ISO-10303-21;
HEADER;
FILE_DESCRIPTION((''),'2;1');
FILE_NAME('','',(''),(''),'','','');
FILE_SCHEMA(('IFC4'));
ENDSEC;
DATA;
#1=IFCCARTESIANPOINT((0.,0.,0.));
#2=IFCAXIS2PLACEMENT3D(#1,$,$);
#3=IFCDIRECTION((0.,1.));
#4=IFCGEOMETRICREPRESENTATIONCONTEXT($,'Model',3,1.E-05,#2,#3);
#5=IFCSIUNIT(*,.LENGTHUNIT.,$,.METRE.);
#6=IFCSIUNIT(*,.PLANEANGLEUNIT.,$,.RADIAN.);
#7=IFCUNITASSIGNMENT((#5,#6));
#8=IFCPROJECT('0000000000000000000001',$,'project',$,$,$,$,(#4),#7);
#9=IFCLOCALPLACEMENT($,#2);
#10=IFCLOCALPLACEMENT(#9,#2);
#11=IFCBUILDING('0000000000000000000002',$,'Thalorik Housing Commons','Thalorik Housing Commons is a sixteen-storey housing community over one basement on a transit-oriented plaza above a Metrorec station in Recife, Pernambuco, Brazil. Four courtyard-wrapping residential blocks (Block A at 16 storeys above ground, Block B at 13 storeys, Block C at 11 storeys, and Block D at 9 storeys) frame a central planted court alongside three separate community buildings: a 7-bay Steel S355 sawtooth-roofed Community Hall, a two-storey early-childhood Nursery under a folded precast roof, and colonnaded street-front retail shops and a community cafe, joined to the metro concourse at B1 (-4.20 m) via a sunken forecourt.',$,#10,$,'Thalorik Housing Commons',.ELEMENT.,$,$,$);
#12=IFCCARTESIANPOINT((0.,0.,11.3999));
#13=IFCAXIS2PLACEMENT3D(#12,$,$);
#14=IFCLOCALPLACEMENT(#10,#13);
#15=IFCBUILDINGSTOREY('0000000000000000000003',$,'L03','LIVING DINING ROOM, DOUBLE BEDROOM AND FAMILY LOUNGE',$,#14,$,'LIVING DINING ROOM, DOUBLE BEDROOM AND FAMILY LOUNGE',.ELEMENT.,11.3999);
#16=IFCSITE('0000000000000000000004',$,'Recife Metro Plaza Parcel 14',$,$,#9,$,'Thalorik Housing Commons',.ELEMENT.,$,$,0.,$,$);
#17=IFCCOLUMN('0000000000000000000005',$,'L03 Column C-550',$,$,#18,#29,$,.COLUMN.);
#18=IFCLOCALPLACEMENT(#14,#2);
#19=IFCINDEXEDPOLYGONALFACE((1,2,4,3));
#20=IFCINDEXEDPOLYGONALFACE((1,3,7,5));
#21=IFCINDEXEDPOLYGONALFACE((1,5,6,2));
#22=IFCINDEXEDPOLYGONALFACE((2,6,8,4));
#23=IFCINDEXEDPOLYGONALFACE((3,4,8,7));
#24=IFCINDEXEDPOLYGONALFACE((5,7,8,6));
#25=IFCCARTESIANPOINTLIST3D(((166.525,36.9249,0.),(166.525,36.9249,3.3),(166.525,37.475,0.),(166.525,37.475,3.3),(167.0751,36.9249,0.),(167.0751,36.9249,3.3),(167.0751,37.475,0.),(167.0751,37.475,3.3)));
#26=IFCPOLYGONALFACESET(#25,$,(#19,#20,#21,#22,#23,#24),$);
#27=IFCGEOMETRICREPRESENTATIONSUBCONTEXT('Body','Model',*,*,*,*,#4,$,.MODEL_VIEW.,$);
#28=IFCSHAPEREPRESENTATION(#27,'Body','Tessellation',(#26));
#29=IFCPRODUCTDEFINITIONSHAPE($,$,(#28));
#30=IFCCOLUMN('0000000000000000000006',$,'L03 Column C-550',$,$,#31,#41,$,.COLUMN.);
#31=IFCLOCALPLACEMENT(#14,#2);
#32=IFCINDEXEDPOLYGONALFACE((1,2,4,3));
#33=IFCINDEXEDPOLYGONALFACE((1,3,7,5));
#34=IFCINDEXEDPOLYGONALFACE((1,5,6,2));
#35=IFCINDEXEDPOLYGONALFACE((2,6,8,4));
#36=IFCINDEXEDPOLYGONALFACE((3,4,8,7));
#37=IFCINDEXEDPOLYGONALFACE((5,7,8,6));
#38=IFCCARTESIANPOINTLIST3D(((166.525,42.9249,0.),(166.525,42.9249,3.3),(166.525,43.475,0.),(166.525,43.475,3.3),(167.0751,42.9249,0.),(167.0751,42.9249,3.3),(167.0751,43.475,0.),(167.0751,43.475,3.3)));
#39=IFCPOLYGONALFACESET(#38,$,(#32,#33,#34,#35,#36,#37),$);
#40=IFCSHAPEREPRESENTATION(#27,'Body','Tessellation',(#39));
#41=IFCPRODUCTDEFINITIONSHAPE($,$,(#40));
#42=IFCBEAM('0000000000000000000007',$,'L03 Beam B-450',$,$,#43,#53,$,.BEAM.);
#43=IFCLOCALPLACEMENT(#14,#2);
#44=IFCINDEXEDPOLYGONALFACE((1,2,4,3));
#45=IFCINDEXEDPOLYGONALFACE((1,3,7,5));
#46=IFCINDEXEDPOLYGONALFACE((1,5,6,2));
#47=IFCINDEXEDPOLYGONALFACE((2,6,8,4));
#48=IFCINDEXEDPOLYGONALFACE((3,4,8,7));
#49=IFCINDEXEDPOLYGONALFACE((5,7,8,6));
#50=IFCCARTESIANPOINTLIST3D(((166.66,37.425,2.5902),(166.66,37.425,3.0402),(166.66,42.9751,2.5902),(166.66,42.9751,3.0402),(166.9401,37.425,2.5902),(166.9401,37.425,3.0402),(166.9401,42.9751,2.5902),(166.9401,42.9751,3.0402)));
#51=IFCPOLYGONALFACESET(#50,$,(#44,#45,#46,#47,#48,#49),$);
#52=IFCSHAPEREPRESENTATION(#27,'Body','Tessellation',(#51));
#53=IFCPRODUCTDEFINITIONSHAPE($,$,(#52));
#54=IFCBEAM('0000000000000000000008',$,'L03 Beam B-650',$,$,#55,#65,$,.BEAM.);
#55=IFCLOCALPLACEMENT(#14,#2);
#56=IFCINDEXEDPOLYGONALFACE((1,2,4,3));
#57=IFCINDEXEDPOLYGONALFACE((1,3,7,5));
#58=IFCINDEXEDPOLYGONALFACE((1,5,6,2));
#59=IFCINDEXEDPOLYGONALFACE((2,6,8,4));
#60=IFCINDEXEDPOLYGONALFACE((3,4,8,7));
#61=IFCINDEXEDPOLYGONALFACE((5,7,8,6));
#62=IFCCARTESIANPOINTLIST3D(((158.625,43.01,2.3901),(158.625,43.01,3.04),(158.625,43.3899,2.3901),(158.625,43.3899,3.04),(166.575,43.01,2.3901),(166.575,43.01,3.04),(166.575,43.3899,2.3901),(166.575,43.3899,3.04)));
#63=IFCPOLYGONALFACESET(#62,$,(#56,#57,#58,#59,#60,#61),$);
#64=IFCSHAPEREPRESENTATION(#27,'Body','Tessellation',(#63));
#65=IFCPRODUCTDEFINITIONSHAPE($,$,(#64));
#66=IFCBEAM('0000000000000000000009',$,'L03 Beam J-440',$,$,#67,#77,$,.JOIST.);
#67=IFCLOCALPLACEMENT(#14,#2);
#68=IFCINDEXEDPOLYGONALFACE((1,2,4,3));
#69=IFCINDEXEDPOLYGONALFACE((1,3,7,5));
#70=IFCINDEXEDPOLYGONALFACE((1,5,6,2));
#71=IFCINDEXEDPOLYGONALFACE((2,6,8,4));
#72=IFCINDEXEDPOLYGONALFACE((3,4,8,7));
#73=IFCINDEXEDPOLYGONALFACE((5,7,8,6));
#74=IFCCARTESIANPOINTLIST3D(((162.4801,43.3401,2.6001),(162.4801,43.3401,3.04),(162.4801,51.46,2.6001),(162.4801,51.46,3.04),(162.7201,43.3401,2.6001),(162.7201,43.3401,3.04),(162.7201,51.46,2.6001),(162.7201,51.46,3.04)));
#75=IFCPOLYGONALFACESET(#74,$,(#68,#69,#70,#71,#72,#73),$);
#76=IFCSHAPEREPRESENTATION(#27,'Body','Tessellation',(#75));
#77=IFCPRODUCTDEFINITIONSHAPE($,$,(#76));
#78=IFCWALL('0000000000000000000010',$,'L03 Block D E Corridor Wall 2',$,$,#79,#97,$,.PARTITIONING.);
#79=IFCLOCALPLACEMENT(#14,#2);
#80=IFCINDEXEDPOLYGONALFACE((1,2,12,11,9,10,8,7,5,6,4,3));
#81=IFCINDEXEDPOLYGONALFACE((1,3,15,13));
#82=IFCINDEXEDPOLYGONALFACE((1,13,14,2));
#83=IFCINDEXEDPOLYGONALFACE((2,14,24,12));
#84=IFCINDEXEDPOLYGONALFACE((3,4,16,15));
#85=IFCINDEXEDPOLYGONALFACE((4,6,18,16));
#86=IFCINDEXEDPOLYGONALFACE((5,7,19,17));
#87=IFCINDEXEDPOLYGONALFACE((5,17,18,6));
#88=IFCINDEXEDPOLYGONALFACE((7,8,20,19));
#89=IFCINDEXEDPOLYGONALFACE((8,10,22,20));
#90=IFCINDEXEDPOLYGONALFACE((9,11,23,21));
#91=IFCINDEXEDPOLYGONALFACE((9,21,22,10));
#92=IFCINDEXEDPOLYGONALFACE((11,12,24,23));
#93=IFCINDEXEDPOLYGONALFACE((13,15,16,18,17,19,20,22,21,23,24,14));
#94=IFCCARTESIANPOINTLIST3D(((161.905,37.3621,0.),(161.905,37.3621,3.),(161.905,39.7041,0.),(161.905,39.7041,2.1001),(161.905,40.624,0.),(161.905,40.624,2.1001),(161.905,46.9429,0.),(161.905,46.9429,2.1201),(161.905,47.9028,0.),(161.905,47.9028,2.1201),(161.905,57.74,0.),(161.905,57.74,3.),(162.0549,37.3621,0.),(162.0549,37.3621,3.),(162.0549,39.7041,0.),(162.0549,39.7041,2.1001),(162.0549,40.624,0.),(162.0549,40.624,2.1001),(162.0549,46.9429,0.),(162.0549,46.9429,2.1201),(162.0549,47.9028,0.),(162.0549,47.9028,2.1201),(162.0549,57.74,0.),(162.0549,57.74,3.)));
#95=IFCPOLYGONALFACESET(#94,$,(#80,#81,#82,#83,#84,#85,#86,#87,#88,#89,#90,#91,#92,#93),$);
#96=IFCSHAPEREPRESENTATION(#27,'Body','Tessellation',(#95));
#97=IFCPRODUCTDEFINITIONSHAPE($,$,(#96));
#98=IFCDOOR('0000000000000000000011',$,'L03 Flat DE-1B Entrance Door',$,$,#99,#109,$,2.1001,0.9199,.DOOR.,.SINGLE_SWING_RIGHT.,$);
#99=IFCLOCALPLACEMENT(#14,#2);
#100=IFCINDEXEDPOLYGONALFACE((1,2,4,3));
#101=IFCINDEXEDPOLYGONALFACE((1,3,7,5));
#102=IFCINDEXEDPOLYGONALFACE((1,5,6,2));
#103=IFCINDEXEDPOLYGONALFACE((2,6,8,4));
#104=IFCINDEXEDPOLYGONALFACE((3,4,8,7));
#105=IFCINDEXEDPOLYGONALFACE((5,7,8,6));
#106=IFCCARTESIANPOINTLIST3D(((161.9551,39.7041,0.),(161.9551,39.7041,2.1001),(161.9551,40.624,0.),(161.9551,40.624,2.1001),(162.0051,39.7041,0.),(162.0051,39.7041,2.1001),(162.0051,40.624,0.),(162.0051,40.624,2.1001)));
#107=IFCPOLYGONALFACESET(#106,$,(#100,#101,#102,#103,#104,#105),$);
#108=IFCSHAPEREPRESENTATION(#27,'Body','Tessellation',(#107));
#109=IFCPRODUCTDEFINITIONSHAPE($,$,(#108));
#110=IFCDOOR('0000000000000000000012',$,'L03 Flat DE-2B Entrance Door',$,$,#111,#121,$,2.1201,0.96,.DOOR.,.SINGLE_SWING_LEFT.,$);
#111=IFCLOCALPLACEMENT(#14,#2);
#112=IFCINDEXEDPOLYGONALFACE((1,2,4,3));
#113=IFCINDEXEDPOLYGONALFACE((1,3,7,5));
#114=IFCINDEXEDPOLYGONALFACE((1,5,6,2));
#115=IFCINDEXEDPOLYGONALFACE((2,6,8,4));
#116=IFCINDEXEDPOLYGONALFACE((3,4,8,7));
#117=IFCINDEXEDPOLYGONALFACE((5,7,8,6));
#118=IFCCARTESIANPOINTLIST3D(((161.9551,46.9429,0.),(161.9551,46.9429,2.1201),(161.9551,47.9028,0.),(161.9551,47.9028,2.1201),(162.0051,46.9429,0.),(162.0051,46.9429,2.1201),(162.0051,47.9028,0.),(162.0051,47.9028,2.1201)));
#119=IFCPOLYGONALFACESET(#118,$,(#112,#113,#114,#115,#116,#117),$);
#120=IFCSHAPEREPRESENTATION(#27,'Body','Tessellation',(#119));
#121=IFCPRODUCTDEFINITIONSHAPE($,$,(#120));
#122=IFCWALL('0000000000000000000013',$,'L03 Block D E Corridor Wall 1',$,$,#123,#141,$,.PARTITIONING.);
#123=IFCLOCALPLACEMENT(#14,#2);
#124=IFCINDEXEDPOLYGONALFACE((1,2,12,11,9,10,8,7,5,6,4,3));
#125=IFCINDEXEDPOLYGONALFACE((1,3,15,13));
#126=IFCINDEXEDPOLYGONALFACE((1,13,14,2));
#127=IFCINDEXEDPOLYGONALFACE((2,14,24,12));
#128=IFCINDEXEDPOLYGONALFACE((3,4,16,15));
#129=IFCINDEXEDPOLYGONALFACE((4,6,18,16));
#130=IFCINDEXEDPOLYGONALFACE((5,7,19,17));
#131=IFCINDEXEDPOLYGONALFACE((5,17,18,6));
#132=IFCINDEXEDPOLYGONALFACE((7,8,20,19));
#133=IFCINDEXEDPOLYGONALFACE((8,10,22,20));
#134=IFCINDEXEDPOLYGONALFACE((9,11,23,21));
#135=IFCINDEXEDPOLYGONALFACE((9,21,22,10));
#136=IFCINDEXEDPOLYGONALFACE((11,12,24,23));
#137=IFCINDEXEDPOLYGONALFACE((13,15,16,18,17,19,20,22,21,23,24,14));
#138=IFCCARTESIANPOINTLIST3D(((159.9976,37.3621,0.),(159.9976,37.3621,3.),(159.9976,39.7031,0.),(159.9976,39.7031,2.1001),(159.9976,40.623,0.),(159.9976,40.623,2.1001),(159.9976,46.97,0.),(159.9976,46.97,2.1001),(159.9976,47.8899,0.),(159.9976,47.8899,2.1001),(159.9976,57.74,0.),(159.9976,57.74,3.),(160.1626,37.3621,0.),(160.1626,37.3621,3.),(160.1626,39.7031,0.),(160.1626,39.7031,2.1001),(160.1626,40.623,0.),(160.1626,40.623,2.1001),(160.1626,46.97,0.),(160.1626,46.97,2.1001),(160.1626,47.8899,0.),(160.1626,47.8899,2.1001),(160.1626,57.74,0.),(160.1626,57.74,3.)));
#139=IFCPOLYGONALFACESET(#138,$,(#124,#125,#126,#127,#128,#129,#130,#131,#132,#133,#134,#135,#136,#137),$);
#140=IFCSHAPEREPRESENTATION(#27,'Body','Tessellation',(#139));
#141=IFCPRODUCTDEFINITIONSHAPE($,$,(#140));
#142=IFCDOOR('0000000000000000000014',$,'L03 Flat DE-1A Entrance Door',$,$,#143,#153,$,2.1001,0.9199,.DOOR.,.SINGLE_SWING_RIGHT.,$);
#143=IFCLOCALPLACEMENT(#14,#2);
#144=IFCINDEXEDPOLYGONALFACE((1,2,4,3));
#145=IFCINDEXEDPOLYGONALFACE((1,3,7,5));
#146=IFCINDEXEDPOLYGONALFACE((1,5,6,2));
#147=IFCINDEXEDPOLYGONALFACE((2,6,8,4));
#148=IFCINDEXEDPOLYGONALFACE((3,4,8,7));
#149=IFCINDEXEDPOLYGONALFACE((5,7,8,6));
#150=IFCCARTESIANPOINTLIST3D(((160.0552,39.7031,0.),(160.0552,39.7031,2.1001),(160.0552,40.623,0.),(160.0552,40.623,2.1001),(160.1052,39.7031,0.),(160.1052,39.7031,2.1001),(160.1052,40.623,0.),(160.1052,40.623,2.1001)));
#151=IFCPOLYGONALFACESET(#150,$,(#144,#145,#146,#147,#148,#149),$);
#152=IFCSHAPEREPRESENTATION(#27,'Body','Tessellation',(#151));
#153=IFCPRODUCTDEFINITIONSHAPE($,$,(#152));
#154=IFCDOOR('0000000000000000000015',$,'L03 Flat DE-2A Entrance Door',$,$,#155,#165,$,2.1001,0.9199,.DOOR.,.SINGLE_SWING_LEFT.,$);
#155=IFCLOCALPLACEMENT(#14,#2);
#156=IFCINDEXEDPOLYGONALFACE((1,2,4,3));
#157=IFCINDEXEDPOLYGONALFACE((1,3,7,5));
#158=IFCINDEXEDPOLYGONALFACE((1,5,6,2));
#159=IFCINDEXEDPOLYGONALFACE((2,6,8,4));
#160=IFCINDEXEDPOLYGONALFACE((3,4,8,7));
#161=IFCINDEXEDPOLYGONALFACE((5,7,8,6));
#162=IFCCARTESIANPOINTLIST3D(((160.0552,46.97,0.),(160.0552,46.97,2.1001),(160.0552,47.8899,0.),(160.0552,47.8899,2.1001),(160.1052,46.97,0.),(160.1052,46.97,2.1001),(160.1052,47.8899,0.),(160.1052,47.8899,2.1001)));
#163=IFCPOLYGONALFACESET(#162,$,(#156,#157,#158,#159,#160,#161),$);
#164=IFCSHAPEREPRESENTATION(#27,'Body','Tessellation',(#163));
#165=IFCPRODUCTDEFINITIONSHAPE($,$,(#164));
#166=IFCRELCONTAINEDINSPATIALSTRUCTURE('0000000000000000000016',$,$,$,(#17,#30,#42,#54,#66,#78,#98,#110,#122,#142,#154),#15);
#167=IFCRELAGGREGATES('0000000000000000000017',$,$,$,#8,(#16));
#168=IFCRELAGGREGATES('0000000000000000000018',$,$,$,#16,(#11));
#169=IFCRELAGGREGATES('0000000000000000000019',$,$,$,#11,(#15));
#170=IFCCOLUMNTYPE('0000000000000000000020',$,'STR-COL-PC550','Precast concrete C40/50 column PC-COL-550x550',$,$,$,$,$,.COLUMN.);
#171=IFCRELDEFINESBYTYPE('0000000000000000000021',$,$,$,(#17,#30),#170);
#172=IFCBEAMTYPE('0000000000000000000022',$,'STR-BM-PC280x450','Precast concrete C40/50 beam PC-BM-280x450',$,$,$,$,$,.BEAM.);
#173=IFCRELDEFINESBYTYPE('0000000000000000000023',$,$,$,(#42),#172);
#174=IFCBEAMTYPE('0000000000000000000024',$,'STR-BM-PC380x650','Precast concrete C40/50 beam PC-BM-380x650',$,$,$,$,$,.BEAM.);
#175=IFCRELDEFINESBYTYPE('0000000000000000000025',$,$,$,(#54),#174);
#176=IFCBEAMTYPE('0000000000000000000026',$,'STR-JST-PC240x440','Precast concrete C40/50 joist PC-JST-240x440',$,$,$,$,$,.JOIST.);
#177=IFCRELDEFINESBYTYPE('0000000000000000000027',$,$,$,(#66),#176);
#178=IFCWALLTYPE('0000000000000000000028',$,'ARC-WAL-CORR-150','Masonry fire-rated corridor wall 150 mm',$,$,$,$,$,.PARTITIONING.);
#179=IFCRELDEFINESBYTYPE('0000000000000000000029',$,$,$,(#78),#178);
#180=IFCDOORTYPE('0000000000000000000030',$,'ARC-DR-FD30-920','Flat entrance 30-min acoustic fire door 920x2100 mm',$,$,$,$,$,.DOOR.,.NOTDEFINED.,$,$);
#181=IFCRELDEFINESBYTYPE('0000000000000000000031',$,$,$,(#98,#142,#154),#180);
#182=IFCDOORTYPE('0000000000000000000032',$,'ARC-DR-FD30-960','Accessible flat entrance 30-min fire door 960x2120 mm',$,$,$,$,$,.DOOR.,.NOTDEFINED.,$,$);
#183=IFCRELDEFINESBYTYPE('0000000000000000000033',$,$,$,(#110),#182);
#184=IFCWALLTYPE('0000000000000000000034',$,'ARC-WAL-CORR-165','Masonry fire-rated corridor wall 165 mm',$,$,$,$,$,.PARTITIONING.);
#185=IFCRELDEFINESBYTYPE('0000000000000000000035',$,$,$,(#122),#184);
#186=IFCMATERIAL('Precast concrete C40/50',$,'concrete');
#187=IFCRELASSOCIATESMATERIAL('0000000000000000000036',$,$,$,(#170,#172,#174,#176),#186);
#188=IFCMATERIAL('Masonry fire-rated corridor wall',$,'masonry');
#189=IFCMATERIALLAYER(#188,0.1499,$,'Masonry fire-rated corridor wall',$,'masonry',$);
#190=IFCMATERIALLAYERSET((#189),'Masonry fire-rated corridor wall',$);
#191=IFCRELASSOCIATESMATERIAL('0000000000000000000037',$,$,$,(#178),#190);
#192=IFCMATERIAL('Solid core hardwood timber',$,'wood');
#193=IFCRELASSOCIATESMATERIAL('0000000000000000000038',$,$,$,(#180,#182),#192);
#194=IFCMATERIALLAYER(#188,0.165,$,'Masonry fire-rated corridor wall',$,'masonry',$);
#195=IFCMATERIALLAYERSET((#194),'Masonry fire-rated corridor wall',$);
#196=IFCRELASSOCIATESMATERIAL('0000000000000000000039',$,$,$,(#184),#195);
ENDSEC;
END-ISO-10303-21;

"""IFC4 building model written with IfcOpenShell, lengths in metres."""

from ifc_helpers import new_model, si_unit, direction, frame, frame_2d, origin, origin_2d, place, context, subcontext, project, spatial, rectangle, extrude, material, layer, layer_set, material_profile, profile_set, type_object, element, fill, save


model = new_model("IFC4")

# Units and contexts
model_context = context("Model", 3, precision=1e-05, world=origin(), true_north=direction((0.0, 1.0)))
body_context = subcontext(model_context, "Body", "Model", "MODEL_VIEW")
ifc_project = project(units=[si_unit("LENGTHUNIT", "METRE"), si_unit("PLANEANGLEUNIT", "RADIAN")], contexts=[model_context])

# Site, building, storey
site_placement = place(None, origin())
site = spatial("IfcSite", under=ifc_project, at=site_placement, Name="Recife Metro Plaza Parcel 14", LongName="Thalorik Housing Commons", CompositionType="ELEMENT", RefElevation=0.0)
building_placement = place(site_placement, origin())
building = spatial("IfcBuilding", under=site, at=building_placement, Name="Thalorik Housing Commons", Description="Thalorik Housing Commons is a sixteen-storey housing community over one basement on a transit-oriented plaza above a Metrorec station in Recife, Pernambuco, Brazil. Four courtyard-wrapping residential blocks (Block A at 16 storeys above ground, Block B at 13 storeys, Block C at 11 storeys, and Block D at 9 storeys) frame a central planted court alongside three separate community buildings: a 7-bay Steel S355 sawtooth-roofed Community Hall, a two-storey early-childhood Nursery under a folded precast roof, and colonnaded street-front retail shops and a community cafe, joined to the metro concourse at B1 (-4.20 m) via a sunken forecourt.", LongName="Thalorik Housing Commons", CompositionType="ELEMENT")
storey_placement = place(building_placement, frame((0.0, 0.0, 11.3999)))
storey = spatial("IfcBuildingStorey", under=building, at=storey_placement, Name="L03", Description="LIVING DINING ROOM, DOUBLE BEDROOM AND FAMILY LOUNGE", LongName="LIVING DINING ROOM, DOUBLE BEDROOM AND FAMILY LOUNGE", CompositionType="ELEMENT", Elevation=11.3999)

# Columns
ifc_material_1 = material(Name="Precast concrete C40/50", Category="concrete")
ifc_material_profile_1 = material_profile(ifc_material_1, rectangle(XDim=0.55, YDim=0.55, at=origin_2d()), Name="PC 550x550", Category="concrete")
ifc_profile_set_1 = profile_set([ifc_material_profile_1], Name="Precast concrete C40/50")
column_type = type_object("IfcColumnType", Name="STR-COL-PC550", Description="Precast concrete C40/50 column PC-COL-550x550", PredefinedType="COLUMN", material=ifc_profile_set_1)
for number, where, z_axis, x_axis, name in (
    (1, (166.8, 37.2, 0.0), (0.0, 0.0, 1.0), (1.0, 0.0, 0.0), "L03 Column C-550"),
    (2, (166.8, 43.2, 0.0), (0.0, 0.0, 1.0), (1.0, 0.0, 0.0), "L03 Column C-550"),
):
    element("IfcColumn", number, at=place(storey_placement, frame(where, z_axis=z_axis, x_axis=x_axis)), inside=storey, type_object=column_type, Name=name, PredefinedType="COLUMN", context=body_context, shape_type="SweptSolid", body=[
        extrude(rectangle(XDim=0.55, YDim=0.55, at=origin_2d()), origin(), (0.0, 0.0, 1.0), 3.3),
    ])

# Beams
ifc_material_profile_2 = material_profile(ifc_material_1, rectangle(XDim=0.28, YDim=0.45, at=origin_2d()), Name="PC 280x450", Category="concrete")
ifc_profile_set_2 = profile_set([ifc_material_profile_2], Name="Precast concrete C40/50")
beam_type_1 = type_object("IfcBeamType", Name="STR-BM-PC280x450", Description="Precast concrete C40/50 beam PC-BM-280x450", PredefinedType="BEAM", material=ifc_profile_set_2)
beam_1_placement = place(storey_placement, frame((166.8, 37.425, 2.8152), z_axis=(0.0, 1.0, 0.0), x_axis=(-1.0, 0.0, 0.0)))
element("IfcBeam", 3, at=beam_1_placement, inside=storey, type_object=beam_type_1, Name="L03 Beam B-450", PredefinedType="BEAM", context=body_context, shape_type="SweptSolid", body=[
    extrude(rectangle(XDim=0.28, YDim=0.45, at=origin_2d()), origin(), (0.0, 0.0, 1.0), 5.55),
])
ifc_material_profile_3 = material_profile(ifc_material_1, rectangle(XDim=0.3799, YDim=0.6499, at=origin_2d()), Name="PC 380x650", Category="concrete")
ifc_profile_set_3 = profile_set([ifc_material_profile_3], Name="Precast concrete C40/50")
beam_type_2 = type_object("IfcBeamType", Name="STR-BM-PC380x650", Description="Precast concrete C40/50 beam PC-BM-380x650", PredefinedType="BEAM", material=ifc_profile_set_3)
beam_2_placement = place(storey_placement, frame((158.625, 43.2, 2.7151), z_axis=(1.0, 0.0, 0.0), x_axis=(0.0, 1.0, 0.0)))
element("IfcBeam", 4, at=beam_2_placement, inside=storey, type_object=beam_type_2, Name="L03 Beam B-650", PredefinedType="BEAM", context=body_context, shape_type="SweptSolid", body=[
    extrude(rectangle(XDim=0.3799, YDim=0.6499, at=origin_2d()), origin(), (0.0, 0.0, 1.0), 7.95),
])
ifc_material_profile_4 = material_profile(ifc_material_1, rectangle(XDim=0.24, YDim=0.4399, at=origin_2d()), Name="PC JST 240x440", Category="concrete")
ifc_profile_set_4 = profile_set([ifc_material_profile_4], Name="Precast concrete C40/50")
beam_type_3 = type_object("IfcBeamType", Name="STR-JST-PC240x440", Description="Precast concrete C40/50 joist PC-JST-240x440", PredefinedType="JOIST", material=ifc_profile_set_4)
beam_3_placement = place(storey_placement, frame((162.6001, 43.3401, 2.8201), z_axis=(0.0, 1.0, 0.0), x_axis=(-1.0, 0.0, 0.0)))
element("IfcBeam", 5, at=beam_3_placement, inside=storey, type_object=beam_type_3, Name="L03 Beam J-440", PredefinedType="JOIST", context=body_context, shape_type="SweptSolid", body=[
    extrude(rectangle(XDim=0.24, YDim=0.4399, at=origin_2d()), origin(), (0.0, 0.0, 1.0), 8.1199),
])

# Walls, openings, doors
ifc_material_2 = material(Name="Masonry fire-rated corridor wall", Category="masonry")
ifc_layer_1 = layer(ifc_material_2, 0.1499, Name="Masonry fire-rated corridor wall", Category="masonry")
ifc_layer_set_1 = layer_set([ifc_layer_1], Name="Masonry fire-rated corridor wall")
wall_type_1 = type_object("IfcWallType", Name="ARC-WAL-CORR-150", Description="Masonry fire-rated corridor wall 150 mm", PredefinedType="PARTITIONING", material=ifc_layer_set_1)
wall_1_placement = place(storey_placement, frame((161.98, 37.3621, 0.0), z_axis=(0.0, 0.0, 1.0), x_axis=(0.0, 1.0, 0.0)))
wall_1 = element("IfcWall", 6, at=wall_1_placement, inside=storey, type_object=wall_type_1, Name="L03 Block D E Corridor Wall 2", PredefinedType="PARTITIONING", context=body_context, shape_type="SweptSolid", body=[
    extrude(rectangle(XDim=20.3779, YDim=0.1499, at=frame_2d((10.189, 0.0))), origin(), (0.0, 0.0, 1.0), 3.0),
])
opening_1_placement = place(wall_1_placement, frame((2.342, 0.0, 0.0)))
opening_1 = element("IfcOpeningElement", 7, at=opening_1_placement, cuts=wall_1, PredefinedType="OPENING", context=body_context, shape_type="SweptSolid", body=[
    extrude(rectangle(XDim=0.9199, YDim=2.1001, at=frame_2d((0.46, 1.05))), frame((0.0, 0.085, 0.0), z_axis=(0.0, -1.0, 0.0), x_axis=(1.0, 0.0, 0.0)), (0.0, 0.0, 1.0), 0.1699),
])
opening_2_placement = place(wall_1_placement, frame((9.5808, 0.0, 0.0)))
opening_2 = element("IfcOpeningElement", 8, at=opening_2_placement, cuts=wall_1, PredefinedType="OPENING", context=body_context, shape_type="SweptSolid", body=[
    extrude(rectangle(XDim=0.96, YDim=2.1201, at=frame_2d((0.48, 1.0601))), frame((0.0, 0.085, 0.0), z_axis=(0.0, -1.0, 0.0), x_axis=(1.0, 0.0, 0.0)), (0.0, 0.0, 1.0), 0.1699),
])
ifc_material_3 = material(Name="Solid core hardwood timber", Category="wood")
door_type_1 = type_object("IfcDoorType", Name="ARC-DR-FD30-920", Description="Flat entrance 30-min acoustic fire door 920x2100 mm", OperationType="NOTDEFINED", PredefinedType="DOOR", material=ifc_material_3)
door_1_placement = place(opening_1_placement, origin())
door_1 = element("IfcDoor", 9, at=door_1_placement, inside=storey, type_object=door_type_1, Name="L03 Flat DE-1B Entrance Door", OperationType="SINGLE_SWING_RIGHT", OverallHeight=2.1001, OverallWidth=0.9199, PredefinedType="DOOR", context=body_context, shape_type="SweptSolid", body=[
    extrude(rectangle(XDim=0.9199, YDim=2.1001, at=frame_2d((0.46, 1.05))), frame((0.0, 0.0249, 0.0), z_axis=(0.0, -1.0, 0.0), x_axis=(1.0, 0.0, 0.0)), (0.0, 0.0, 1.0), 0.05),
])
fill(opening_1, door_1)
door_type_2 = type_object("IfcDoorType", Name="ARC-DR-FD30-960", Description="Accessible flat entrance 30-min fire door 960x2120 mm", OperationType="NOTDEFINED", PredefinedType="DOOR", material=ifc_material_3)
door_2_placement = place(opening_2_placement, origin())
door_2 = element("IfcDoor", 10, at=door_2_placement, inside=storey, type_object=door_type_2, Name="L03 Flat DE-2B Entrance Door", OperationType="SINGLE_SWING_LEFT", OverallHeight=2.1201, OverallWidth=0.96, PredefinedType="DOOR", context=body_context, shape_type="SweptSolid", body=[
    extrude(rectangle(XDim=0.96, YDim=2.1201, at=frame_2d((0.48, 1.0601))), frame((0.0, 0.0249, 0.0), z_axis=(0.0, -1.0, 0.0), x_axis=(1.0, 0.0, 0.0)), (0.0, 0.0, 1.0), 0.05),
])
fill(opening_2, door_2)
ifc_layer_2 = layer(ifc_material_2, 0.165, Name="Masonry fire-rated corridor wall", Category="masonry")
ifc_layer_set_2 = layer_set([ifc_layer_2], Name="Masonry fire-rated corridor wall")
wall_type_2 = type_object("IfcWallType", Name="ARC-WAL-CORR-165", Description="Masonry fire-rated corridor wall 165 mm", PredefinedType="PARTITIONING", material=ifc_layer_set_2)
wall_2_placement = place(storey_placement, frame((160.0801, 37.3621, 0.0), z_axis=(0.0, 0.0, 1.0), x_axis=(0.0, 1.0, 0.0)))
wall_2 = element("IfcWall", 11, at=wall_2_placement, inside=storey, type_object=wall_type_2, Name="L03 Block D E Corridor Wall 1", PredefinedType="PARTITIONING", context=body_context, shape_type="SweptSolid", body=[
    extrude(rectangle(XDim=20.3779, YDim=0.165, at=frame_2d((10.189, 0.0))), origin(), (0.0, 0.0, 1.0), 3.0),
])
opening_3_placement = place(wall_2_placement, frame((2.3411, 0.0, 0.0)))
opening_3 = element("IfcOpeningElement", 12, at=opening_3_placement, cuts=wall_2, PredefinedType="OPENING", context=body_context, shape_type="SweptSolid", body=[
    extrude(rectangle(XDim=0.9199, YDim=2.1001, at=frame_2d((0.46, 1.05))), frame((0.0, 0.0925, 0.0), z_axis=(0.0, -1.0, 0.0), x_axis=(1.0, 0.0, 0.0)), (0.0, 0.0, 1.0), 0.1851),
])
opening_4_placement = place(wall_2_placement, frame((9.6079, 0.0, 0.0)))
opening_4 = element("IfcOpeningElement", 13, at=opening_4_placement, cuts=wall_2, PredefinedType="OPENING", context=body_context, shape_type="SweptSolid", body=[
    extrude(rectangle(XDim=0.9199, YDim=2.1001, at=frame_2d((0.46, 1.05))), frame((0.0, 0.0925, 0.0), z_axis=(0.0, -1.0, 0.0), x_axis=(1.0, 0.0, 0.0)), (0.0, 0.0, 1.0), 0.1851),
])
door_3_placement = place(opening_3_placement, origin())
door_3 = element("IfcDoor", 14, at=door_3_placement, inside=storey, type_object=door_type_1, Name="L03 Flat DE-1A Entrance Door", OperationType="SINGLE_SWING_RIGHT", OverallHeight=2.1001, OverallWidth=0.9199, PredefinedType="DOOR", context=body_context, shape_type="SweptSolid", body=[
    extrude(rectangle(XDim=0.9199, YDim=2.1001, at=frame_2d((0.46, 1.05))), frame((0.0, 0.0249, 0.0), z_axis=(0.0, -1.0, 0.0), x_axis=(1.0, 0.0, 0.0)), (0.0, 0.0, 1.0), 0.05),
])
fill(opening_3, door_3)
door_4_placement = place(opening_4_placement, origin())
door_4 = element("IfcDoor", 15, at=door_4_placement, inside=storey, type_object=door_type_1, Name="L03 Flat DE-2A Entrance Door", OperationType="SINGLE_SWING_LEFT", OverallHeight=2.1001, OverallWidth=0.9199, PredefinedType="DOOR", context=body_context, shape_type="SweptSolid", body=[
    extrude(rectangle(XDim=0.9199, YDim=2.1001, at=frame_2d((0.46, 1.05))), frame((0.0, 0.0249, 0.0), z_axis=(0.0, -1.0, 0.0), x_axis=(1.0, 0.0, 0.0)), (0.0, 0.0, 1.0), 0.05),
])
fill(opening_4, door_4)

save(model, "model.ifc")
